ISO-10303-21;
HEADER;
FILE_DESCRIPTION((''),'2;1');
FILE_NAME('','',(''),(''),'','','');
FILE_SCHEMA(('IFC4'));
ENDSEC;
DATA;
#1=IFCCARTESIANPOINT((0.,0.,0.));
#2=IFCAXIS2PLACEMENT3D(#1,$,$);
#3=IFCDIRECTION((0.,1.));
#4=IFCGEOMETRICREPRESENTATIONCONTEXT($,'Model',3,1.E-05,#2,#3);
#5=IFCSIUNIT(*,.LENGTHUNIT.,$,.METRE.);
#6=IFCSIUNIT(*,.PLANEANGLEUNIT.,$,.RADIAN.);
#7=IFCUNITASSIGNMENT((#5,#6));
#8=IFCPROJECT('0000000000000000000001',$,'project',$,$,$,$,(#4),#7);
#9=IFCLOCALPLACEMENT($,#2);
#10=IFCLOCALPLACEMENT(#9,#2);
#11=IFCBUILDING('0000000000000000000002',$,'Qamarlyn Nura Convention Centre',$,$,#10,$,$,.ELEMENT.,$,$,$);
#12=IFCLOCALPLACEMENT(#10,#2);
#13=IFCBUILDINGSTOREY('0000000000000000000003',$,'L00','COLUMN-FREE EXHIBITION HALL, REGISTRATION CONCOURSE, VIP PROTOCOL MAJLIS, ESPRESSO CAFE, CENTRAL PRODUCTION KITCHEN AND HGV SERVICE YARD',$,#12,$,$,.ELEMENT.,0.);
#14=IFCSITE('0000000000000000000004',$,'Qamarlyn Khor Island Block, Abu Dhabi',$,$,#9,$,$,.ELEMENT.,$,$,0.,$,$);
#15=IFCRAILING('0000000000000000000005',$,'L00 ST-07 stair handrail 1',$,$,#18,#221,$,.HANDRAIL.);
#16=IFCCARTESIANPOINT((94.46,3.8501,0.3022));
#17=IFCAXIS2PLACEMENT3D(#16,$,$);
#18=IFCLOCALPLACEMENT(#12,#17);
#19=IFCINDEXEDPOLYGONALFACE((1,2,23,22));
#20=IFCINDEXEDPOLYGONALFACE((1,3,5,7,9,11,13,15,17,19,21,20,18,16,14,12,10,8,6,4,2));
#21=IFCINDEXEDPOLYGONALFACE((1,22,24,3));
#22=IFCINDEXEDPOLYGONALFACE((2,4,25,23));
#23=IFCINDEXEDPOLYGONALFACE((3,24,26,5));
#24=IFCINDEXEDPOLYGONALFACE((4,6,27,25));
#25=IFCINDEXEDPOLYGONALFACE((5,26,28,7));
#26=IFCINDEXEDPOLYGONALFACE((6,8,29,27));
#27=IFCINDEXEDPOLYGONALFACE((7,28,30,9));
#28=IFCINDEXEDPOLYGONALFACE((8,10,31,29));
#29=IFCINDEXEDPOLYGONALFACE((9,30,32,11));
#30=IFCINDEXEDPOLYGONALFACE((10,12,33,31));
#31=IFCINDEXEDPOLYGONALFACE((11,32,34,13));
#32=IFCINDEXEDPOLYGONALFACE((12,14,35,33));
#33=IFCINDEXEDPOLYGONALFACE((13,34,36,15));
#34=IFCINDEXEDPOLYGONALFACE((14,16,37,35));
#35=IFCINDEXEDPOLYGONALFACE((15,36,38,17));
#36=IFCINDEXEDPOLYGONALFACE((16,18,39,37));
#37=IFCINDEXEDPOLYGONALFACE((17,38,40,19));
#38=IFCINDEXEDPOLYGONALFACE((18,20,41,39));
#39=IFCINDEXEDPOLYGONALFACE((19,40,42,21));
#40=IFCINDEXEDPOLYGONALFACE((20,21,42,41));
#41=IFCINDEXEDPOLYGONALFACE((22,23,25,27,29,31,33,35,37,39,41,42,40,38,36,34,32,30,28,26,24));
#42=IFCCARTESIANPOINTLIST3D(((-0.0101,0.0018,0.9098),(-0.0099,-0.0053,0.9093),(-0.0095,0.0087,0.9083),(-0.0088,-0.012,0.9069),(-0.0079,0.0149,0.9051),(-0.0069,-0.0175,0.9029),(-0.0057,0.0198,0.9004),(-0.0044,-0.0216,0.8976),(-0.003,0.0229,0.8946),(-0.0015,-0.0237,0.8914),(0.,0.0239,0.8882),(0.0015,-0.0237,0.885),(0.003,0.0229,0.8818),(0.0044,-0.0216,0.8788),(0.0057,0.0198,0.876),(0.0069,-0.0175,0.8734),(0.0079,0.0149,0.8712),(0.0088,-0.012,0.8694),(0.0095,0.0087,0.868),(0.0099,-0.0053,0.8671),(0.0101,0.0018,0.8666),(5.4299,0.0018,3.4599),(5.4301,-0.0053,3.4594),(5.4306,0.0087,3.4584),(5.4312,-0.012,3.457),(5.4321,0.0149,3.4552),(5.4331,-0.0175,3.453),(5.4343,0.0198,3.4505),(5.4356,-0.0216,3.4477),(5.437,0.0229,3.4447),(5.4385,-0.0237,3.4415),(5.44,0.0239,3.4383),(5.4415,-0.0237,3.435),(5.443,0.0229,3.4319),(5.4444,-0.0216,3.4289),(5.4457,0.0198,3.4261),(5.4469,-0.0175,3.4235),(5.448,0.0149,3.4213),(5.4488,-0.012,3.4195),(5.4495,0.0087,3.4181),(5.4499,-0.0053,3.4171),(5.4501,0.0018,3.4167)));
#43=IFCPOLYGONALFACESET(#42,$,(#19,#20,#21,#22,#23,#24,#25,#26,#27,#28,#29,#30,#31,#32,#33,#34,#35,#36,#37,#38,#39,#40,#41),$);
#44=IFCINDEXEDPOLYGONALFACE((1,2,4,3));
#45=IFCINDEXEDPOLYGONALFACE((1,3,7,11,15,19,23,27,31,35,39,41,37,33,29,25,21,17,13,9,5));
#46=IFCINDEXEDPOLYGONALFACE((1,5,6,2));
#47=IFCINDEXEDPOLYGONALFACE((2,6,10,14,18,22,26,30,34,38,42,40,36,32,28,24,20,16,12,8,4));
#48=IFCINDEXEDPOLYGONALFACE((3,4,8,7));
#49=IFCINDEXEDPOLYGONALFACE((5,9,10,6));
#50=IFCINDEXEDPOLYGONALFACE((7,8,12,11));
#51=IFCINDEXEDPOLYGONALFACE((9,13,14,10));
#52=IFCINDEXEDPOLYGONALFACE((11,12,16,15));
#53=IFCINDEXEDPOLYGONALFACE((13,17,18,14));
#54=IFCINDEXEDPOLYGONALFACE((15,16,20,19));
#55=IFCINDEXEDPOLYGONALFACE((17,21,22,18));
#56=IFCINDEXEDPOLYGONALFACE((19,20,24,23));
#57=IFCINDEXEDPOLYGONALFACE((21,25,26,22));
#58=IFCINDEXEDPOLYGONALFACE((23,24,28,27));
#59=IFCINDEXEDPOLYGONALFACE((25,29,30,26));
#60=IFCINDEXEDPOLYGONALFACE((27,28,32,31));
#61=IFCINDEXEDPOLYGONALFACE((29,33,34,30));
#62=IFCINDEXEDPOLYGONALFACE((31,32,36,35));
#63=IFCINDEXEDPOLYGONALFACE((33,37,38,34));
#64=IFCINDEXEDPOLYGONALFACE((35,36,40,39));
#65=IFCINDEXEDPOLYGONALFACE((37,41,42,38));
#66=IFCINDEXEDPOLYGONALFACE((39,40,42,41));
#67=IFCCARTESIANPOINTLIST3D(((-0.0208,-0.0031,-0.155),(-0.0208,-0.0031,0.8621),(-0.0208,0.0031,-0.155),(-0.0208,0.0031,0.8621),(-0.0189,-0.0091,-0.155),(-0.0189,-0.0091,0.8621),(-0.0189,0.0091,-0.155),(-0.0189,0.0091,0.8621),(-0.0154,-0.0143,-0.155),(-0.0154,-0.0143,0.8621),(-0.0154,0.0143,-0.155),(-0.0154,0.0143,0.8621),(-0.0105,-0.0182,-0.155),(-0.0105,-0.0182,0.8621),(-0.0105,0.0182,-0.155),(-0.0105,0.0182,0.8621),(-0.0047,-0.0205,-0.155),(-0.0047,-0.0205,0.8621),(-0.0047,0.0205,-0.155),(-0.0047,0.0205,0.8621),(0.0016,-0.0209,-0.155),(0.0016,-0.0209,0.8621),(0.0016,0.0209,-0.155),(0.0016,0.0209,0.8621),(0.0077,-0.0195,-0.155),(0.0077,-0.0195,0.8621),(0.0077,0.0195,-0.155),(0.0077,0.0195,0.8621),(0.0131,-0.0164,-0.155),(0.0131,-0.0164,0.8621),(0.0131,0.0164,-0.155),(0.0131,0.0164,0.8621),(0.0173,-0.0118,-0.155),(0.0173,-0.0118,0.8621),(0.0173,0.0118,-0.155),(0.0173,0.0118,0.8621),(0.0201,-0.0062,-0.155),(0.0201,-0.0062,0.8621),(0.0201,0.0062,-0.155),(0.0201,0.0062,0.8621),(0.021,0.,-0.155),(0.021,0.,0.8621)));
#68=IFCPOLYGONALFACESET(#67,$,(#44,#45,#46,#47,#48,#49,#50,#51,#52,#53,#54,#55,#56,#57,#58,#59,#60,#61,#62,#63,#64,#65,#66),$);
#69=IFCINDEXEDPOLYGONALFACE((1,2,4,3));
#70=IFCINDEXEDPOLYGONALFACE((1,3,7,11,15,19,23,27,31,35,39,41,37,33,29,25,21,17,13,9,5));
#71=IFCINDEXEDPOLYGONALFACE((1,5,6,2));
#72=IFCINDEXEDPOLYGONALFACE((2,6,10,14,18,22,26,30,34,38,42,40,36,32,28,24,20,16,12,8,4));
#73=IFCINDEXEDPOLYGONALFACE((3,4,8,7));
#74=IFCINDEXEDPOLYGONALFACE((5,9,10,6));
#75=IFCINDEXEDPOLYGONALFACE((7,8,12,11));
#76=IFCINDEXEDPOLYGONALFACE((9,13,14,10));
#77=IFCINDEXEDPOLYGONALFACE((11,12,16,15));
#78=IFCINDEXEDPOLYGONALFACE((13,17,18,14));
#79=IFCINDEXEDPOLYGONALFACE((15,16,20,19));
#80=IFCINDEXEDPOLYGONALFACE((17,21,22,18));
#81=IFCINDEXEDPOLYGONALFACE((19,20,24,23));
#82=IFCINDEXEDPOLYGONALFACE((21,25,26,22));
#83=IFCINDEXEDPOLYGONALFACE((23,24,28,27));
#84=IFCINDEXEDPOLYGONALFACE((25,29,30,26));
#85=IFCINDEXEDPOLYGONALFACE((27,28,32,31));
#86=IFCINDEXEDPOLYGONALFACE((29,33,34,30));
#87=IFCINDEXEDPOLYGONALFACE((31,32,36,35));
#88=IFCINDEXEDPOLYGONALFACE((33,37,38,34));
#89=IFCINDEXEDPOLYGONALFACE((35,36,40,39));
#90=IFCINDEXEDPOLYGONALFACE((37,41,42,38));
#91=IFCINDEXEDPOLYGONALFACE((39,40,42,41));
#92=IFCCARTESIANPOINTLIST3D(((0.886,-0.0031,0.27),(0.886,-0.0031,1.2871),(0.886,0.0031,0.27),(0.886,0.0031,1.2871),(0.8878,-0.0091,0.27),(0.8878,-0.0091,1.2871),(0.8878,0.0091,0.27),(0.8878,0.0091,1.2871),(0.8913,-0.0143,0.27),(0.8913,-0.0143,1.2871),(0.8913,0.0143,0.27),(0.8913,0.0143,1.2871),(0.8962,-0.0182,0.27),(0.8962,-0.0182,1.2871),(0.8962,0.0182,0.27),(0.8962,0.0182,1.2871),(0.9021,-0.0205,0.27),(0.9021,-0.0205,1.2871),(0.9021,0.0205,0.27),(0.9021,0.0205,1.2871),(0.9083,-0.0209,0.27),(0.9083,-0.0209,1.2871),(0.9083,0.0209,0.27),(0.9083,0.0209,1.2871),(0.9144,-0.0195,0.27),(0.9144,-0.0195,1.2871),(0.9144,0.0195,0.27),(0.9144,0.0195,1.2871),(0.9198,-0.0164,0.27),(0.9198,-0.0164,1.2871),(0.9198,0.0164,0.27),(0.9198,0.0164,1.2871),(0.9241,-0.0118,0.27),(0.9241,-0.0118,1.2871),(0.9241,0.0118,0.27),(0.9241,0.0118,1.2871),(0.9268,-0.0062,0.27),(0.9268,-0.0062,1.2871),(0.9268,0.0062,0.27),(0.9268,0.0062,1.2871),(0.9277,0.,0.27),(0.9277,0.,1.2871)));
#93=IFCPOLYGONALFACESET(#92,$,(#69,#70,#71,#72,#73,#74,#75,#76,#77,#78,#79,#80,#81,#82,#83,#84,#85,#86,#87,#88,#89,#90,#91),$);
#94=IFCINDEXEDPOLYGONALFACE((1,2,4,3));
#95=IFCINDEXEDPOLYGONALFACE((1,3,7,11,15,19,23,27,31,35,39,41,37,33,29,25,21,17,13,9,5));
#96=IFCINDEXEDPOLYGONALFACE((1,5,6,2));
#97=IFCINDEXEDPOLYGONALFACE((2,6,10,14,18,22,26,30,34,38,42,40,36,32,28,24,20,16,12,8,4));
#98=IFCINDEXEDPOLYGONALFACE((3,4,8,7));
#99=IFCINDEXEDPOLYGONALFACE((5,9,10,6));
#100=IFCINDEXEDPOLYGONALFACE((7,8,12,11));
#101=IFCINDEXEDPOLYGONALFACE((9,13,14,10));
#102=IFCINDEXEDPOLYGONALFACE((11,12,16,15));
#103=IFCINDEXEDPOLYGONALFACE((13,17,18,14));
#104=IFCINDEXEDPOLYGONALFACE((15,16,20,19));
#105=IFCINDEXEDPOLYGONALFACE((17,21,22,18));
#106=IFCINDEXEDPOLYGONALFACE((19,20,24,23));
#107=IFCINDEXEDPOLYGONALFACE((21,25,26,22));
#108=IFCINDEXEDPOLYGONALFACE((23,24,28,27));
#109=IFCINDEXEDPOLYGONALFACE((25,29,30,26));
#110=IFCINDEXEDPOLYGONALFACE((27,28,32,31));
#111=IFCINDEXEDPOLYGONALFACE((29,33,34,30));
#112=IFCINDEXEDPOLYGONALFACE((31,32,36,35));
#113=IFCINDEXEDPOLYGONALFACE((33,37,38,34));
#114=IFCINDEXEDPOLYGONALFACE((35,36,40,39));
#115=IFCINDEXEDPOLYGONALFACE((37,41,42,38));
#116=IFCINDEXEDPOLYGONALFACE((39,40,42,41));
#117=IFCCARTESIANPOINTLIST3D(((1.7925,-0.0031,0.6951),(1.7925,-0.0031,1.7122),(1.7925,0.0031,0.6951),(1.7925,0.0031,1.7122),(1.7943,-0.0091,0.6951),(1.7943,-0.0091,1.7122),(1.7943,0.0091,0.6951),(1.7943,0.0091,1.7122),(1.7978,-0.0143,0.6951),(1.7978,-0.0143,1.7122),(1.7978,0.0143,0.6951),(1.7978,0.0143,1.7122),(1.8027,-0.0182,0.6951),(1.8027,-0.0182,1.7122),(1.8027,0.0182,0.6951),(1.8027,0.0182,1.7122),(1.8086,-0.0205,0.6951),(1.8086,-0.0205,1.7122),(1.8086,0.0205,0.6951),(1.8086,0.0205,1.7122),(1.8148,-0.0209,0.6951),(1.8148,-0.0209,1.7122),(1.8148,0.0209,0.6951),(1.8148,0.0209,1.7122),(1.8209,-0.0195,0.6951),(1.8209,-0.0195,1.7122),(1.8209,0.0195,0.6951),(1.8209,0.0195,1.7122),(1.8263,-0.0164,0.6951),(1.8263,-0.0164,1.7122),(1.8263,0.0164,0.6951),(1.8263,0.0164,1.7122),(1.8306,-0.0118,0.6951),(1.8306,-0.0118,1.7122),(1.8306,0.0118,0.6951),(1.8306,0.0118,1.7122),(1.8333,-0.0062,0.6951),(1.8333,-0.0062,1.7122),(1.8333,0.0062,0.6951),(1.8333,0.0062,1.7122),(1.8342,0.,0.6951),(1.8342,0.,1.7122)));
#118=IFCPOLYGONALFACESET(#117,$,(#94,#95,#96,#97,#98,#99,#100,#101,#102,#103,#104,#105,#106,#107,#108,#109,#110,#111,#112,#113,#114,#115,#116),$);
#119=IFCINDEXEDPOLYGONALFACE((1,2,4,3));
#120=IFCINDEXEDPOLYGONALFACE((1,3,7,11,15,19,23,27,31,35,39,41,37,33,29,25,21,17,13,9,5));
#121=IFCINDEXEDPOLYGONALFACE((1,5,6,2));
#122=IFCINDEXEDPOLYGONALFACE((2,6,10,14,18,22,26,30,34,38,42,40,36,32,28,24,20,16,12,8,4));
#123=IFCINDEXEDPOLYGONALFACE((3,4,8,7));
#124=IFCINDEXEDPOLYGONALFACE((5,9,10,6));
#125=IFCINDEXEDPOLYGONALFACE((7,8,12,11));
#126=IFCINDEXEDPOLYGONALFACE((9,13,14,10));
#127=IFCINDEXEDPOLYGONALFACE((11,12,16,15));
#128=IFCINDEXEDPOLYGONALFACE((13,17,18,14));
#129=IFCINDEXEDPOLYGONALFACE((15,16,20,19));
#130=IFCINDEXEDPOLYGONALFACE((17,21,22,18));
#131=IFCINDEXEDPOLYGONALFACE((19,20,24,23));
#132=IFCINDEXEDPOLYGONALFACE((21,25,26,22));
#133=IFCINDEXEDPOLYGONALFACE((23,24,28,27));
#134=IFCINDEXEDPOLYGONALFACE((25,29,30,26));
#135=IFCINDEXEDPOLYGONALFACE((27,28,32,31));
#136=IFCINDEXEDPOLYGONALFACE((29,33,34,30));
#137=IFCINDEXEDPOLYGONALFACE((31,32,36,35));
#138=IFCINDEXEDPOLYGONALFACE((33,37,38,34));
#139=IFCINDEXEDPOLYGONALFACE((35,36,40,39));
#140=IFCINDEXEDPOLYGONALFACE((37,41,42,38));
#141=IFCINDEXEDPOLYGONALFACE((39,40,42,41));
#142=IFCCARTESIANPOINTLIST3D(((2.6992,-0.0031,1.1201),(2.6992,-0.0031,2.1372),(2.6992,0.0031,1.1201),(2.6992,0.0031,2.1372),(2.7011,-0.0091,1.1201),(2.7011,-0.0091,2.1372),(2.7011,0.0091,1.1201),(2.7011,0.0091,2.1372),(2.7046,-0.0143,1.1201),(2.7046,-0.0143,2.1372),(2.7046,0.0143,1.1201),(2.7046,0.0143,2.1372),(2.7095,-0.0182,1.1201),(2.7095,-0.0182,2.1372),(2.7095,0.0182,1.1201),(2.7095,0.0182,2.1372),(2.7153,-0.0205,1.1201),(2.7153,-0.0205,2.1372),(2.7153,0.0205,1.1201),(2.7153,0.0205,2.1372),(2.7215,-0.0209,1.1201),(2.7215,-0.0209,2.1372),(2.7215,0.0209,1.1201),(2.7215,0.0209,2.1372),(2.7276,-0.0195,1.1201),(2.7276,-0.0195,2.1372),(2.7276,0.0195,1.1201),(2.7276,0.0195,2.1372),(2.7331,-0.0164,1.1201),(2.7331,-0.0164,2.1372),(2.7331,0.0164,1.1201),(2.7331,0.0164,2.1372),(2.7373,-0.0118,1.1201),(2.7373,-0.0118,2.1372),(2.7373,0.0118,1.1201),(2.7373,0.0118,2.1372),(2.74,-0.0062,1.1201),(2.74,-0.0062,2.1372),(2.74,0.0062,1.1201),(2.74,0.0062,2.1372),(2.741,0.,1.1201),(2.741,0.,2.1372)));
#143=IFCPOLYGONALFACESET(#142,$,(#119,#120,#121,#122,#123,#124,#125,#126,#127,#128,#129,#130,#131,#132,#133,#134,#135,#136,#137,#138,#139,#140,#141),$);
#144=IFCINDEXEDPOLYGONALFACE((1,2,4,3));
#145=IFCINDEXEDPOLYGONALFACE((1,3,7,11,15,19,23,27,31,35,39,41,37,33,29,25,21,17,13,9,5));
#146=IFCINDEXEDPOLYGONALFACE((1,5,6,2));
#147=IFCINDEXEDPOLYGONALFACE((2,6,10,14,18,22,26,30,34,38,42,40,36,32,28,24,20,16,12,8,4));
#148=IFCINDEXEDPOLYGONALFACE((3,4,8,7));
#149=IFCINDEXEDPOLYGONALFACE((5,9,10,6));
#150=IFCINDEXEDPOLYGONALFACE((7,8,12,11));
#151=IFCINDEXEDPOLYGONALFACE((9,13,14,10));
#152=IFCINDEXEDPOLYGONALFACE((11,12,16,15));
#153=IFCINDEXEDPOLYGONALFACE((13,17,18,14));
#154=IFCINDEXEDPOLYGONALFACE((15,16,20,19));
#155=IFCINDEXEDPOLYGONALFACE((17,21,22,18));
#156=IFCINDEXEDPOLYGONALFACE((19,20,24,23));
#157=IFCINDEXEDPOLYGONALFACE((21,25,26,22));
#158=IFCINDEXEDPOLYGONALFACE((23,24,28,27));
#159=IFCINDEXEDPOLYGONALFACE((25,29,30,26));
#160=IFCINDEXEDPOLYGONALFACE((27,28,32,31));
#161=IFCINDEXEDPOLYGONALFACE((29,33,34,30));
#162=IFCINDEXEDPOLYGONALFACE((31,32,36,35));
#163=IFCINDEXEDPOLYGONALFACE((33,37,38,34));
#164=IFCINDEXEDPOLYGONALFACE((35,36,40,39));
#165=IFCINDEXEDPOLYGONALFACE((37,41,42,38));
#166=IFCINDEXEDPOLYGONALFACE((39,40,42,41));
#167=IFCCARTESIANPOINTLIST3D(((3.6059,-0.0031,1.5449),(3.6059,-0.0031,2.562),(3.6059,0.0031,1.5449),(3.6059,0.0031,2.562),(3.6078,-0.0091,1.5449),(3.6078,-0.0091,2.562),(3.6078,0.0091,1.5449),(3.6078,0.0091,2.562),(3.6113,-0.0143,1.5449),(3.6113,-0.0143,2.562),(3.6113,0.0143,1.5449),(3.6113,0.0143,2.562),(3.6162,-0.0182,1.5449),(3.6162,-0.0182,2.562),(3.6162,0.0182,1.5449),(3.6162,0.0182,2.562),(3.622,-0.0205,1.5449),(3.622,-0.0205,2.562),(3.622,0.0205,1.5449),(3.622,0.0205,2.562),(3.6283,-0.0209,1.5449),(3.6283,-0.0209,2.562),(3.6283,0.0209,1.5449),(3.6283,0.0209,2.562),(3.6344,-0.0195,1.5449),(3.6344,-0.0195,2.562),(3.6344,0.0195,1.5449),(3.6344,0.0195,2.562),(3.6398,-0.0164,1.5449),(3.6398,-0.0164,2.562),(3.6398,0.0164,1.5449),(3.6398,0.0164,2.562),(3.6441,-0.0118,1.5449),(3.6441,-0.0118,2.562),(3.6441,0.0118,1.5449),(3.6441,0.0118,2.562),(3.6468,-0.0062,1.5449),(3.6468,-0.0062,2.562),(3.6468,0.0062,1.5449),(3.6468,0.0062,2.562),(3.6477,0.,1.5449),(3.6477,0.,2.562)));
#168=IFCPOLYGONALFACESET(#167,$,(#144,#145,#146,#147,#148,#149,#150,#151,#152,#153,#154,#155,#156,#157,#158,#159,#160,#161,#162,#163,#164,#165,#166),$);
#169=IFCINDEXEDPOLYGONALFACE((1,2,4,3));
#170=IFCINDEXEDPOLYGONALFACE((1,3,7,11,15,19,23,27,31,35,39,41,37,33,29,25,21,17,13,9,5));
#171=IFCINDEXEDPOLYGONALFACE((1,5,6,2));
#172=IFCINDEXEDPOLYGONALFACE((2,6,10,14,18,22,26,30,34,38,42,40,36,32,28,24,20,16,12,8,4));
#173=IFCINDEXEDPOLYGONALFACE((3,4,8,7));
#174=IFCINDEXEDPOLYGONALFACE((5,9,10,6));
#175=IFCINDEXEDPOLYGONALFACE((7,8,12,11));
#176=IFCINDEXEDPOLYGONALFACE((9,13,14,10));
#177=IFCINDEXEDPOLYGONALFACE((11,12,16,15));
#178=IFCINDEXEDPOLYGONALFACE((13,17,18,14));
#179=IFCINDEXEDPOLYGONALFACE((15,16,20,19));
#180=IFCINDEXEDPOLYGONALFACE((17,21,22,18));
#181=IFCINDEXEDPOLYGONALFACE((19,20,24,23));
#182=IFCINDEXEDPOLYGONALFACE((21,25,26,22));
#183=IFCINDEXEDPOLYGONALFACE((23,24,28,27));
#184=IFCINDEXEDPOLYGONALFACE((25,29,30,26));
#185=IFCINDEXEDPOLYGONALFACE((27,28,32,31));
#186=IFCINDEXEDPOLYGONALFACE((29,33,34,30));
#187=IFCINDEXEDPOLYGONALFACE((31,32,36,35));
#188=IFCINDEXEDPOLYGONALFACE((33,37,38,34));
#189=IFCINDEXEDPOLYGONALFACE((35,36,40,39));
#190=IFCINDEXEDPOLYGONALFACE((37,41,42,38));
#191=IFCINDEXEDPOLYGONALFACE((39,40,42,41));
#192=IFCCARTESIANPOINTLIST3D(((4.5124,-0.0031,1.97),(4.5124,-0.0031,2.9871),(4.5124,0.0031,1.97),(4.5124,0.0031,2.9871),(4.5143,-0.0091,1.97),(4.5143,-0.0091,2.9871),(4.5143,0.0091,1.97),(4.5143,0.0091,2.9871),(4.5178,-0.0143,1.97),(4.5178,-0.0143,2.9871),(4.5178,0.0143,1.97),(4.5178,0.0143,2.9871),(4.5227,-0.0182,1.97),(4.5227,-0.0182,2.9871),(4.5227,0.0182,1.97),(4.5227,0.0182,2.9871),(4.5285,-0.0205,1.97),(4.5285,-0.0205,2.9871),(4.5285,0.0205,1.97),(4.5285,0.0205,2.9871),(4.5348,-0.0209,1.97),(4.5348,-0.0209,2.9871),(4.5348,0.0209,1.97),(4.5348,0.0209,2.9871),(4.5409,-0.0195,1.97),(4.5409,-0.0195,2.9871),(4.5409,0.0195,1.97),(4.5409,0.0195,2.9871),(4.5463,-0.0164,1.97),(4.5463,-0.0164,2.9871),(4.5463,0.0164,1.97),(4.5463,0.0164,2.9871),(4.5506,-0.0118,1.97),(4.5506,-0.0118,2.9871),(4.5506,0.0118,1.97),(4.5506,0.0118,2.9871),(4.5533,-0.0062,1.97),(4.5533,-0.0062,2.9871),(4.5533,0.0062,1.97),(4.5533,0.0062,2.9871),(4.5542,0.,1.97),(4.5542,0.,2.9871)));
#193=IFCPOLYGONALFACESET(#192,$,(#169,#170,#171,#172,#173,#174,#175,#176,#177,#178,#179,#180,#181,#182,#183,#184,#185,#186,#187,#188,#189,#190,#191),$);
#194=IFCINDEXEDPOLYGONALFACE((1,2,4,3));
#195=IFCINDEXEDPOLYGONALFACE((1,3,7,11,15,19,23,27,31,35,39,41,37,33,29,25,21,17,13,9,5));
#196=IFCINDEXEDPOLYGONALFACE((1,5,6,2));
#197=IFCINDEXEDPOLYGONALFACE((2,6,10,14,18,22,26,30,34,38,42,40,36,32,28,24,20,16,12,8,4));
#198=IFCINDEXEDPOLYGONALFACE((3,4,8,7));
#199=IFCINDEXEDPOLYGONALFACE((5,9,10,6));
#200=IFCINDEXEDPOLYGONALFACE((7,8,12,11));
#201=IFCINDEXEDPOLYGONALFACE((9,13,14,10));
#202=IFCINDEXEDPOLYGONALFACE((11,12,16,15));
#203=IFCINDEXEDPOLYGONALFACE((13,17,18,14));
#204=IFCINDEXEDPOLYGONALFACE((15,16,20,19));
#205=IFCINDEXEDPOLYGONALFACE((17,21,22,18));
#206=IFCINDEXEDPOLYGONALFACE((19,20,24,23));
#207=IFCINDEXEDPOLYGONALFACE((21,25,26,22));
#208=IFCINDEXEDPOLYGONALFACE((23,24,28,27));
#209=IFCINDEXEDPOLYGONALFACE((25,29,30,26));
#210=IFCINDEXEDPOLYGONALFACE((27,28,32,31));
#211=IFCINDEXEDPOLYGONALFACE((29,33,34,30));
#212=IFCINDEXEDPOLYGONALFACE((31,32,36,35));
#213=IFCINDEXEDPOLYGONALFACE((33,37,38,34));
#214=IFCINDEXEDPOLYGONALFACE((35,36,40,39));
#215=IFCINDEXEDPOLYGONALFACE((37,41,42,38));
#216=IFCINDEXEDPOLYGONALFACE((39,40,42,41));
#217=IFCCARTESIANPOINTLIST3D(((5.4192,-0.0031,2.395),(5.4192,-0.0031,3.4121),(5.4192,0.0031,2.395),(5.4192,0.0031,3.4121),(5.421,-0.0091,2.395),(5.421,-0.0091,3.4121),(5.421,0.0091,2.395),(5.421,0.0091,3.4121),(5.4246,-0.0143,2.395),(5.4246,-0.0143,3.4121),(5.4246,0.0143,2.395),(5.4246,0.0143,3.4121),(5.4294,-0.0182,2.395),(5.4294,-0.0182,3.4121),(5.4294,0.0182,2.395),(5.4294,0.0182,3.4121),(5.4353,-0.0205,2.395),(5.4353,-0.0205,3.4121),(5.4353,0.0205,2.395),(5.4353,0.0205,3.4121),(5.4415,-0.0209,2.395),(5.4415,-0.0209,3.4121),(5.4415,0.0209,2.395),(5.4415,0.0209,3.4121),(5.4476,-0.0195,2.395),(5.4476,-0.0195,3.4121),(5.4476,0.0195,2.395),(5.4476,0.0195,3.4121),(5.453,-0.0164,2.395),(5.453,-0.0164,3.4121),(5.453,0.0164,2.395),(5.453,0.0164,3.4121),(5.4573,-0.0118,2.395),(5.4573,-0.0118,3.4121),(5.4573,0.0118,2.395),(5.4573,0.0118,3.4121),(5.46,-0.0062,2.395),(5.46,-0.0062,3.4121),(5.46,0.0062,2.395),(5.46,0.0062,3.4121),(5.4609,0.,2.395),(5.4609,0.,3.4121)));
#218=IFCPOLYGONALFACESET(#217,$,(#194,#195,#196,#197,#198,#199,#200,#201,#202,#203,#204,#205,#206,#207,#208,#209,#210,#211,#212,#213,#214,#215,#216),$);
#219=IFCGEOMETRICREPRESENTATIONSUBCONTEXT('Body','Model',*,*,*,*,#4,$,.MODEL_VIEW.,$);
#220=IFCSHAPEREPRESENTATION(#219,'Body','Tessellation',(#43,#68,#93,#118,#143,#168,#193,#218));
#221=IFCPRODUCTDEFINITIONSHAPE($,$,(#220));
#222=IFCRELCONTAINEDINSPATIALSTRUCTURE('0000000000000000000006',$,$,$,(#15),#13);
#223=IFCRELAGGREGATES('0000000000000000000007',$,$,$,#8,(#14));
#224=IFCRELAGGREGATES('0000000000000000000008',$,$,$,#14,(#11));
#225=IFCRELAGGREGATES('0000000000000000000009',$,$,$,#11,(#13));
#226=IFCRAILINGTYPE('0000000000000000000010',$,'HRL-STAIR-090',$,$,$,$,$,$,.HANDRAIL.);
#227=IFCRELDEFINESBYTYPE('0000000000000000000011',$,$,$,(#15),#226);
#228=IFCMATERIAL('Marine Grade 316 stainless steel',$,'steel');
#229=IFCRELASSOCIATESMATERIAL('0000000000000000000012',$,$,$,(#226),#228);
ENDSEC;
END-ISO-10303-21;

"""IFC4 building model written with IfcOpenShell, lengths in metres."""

from ifc_helpers import new_model, si_unit, direction, frame, origin, origin_2d, place, context, subcontext, project, spatial, circle, extrude, material, type_object, element, save


model = new_model("IFC4")

# Units and contexts
model_context = context("Model", 3, precision=1e-05, world=origin(), true_north=direction((0.0, 1.0)))
body_context = subcontext(model_context, "Body", "Model", "MODEL_VIEW")
ifc_project = project(units=[si_unit("LENGTHUNIT", "METRE"), si_unit("PLANEANGLEUNIT", "RADIAN")], contexts=[model_context])

# Site, building, storey
site_placement = place(None, origin())
site = spatial("IfcSite", under=ifc_project, at=site_placement, Name="Qamarlyn Khor Island Block, Abu Dhabi", CompositionType="ELEMENT", RefElevation=0.0)
building_placement = place(site_placement, origin())
building = spatial("IfcBuilding", under=site, at=building_placement, Name="Qamarlyn Nura Convention Centre", CompositionType="ELEMENT")
storey_placement = place(building_placement, origin())
storey = spatial("IfcBuildingStorey", under=building, at=storey_placement, Name="L00", Description="COLUMN-FREE EXHIBITION HALL, REGISTRATION CONCOURSE, VIP PROTOCOL MAJLIS, ESPRESSO CAFE, CENTRAL PRODUCTION KITCHEN AND HGV SERVICE YARD", CompositionType="ELEMENT", Elevation=0.0)

# Railing
ifc_material_1 = material(Name="Marine Grade 316 stainless steel", Category="steel")
railing_type_1 = type_object("IfcRailingType", Name="HRL-STAIR-090", PredefinedType="HANDRAIL", material=ifc_material_1)
railing_1_placement = place(storey_placement, frame((94.46, 3.8501, 0.3022)))
element("IfcRailing", 1, at=railing_1_placement, inside=storey, type_object=railing_type_1, Name="L00 ST-07 stair handrail 1", PredefinedType="HANDRAIL", context=body_context, shape_type="SweptSolid", body=[
    extrude(circle(Radius=0.0239, at=origin_2d()), frame((0.0, 0.0, 0.8882), z_axis=(0.905454, 0.0, 0.424444), x_axis=(0.0, 1.0, 0.0)), (0.0, 0.0, 1.0), 6.0081),
    extrude(circle(Radius=0.021, at=origin_2d()), frame((0.0, 0.0, -0.155)), (0.0, 0.0, 1.0), 1.0171),
    extrude(circle(Radius=0.021, at=origin_2d()), frame((0.9067, 0.0, 0.27)), (0.0, 0.0, 1.0), 1.0171),
    extrude(circle(Radius=0.021, at=origin_2d()), frame((1.8132, 0.0, 0.6951)), (0.0, 0.0, 1.0), 1.0171),
    extrude(circle(Radius=0.021, at=origin_2d()), frame((2.72, 0.0, 1.1201)), (0.0, 0.0, 1.0), 1.0171),
    extrude(circle(Radius=0.021, at=origin_2d()), frame((3.6267, 0.0, 1.5449)), (0.0, 0.0, 1.0), 1.0171),
    extrude(circle(Radius=0.021, at=origin_2d()), frame((4.5332, 0.0, 1.97)), (0.0, 0.0, 1.0), 1.0171),
    extrude(circle(Radius=0.021, at=origin_2d()), frame((5.4399, 0.0, 2.395)), (0.0, 0.0, 1.0), 1.0171),
])

save(model, "model.ifc")
